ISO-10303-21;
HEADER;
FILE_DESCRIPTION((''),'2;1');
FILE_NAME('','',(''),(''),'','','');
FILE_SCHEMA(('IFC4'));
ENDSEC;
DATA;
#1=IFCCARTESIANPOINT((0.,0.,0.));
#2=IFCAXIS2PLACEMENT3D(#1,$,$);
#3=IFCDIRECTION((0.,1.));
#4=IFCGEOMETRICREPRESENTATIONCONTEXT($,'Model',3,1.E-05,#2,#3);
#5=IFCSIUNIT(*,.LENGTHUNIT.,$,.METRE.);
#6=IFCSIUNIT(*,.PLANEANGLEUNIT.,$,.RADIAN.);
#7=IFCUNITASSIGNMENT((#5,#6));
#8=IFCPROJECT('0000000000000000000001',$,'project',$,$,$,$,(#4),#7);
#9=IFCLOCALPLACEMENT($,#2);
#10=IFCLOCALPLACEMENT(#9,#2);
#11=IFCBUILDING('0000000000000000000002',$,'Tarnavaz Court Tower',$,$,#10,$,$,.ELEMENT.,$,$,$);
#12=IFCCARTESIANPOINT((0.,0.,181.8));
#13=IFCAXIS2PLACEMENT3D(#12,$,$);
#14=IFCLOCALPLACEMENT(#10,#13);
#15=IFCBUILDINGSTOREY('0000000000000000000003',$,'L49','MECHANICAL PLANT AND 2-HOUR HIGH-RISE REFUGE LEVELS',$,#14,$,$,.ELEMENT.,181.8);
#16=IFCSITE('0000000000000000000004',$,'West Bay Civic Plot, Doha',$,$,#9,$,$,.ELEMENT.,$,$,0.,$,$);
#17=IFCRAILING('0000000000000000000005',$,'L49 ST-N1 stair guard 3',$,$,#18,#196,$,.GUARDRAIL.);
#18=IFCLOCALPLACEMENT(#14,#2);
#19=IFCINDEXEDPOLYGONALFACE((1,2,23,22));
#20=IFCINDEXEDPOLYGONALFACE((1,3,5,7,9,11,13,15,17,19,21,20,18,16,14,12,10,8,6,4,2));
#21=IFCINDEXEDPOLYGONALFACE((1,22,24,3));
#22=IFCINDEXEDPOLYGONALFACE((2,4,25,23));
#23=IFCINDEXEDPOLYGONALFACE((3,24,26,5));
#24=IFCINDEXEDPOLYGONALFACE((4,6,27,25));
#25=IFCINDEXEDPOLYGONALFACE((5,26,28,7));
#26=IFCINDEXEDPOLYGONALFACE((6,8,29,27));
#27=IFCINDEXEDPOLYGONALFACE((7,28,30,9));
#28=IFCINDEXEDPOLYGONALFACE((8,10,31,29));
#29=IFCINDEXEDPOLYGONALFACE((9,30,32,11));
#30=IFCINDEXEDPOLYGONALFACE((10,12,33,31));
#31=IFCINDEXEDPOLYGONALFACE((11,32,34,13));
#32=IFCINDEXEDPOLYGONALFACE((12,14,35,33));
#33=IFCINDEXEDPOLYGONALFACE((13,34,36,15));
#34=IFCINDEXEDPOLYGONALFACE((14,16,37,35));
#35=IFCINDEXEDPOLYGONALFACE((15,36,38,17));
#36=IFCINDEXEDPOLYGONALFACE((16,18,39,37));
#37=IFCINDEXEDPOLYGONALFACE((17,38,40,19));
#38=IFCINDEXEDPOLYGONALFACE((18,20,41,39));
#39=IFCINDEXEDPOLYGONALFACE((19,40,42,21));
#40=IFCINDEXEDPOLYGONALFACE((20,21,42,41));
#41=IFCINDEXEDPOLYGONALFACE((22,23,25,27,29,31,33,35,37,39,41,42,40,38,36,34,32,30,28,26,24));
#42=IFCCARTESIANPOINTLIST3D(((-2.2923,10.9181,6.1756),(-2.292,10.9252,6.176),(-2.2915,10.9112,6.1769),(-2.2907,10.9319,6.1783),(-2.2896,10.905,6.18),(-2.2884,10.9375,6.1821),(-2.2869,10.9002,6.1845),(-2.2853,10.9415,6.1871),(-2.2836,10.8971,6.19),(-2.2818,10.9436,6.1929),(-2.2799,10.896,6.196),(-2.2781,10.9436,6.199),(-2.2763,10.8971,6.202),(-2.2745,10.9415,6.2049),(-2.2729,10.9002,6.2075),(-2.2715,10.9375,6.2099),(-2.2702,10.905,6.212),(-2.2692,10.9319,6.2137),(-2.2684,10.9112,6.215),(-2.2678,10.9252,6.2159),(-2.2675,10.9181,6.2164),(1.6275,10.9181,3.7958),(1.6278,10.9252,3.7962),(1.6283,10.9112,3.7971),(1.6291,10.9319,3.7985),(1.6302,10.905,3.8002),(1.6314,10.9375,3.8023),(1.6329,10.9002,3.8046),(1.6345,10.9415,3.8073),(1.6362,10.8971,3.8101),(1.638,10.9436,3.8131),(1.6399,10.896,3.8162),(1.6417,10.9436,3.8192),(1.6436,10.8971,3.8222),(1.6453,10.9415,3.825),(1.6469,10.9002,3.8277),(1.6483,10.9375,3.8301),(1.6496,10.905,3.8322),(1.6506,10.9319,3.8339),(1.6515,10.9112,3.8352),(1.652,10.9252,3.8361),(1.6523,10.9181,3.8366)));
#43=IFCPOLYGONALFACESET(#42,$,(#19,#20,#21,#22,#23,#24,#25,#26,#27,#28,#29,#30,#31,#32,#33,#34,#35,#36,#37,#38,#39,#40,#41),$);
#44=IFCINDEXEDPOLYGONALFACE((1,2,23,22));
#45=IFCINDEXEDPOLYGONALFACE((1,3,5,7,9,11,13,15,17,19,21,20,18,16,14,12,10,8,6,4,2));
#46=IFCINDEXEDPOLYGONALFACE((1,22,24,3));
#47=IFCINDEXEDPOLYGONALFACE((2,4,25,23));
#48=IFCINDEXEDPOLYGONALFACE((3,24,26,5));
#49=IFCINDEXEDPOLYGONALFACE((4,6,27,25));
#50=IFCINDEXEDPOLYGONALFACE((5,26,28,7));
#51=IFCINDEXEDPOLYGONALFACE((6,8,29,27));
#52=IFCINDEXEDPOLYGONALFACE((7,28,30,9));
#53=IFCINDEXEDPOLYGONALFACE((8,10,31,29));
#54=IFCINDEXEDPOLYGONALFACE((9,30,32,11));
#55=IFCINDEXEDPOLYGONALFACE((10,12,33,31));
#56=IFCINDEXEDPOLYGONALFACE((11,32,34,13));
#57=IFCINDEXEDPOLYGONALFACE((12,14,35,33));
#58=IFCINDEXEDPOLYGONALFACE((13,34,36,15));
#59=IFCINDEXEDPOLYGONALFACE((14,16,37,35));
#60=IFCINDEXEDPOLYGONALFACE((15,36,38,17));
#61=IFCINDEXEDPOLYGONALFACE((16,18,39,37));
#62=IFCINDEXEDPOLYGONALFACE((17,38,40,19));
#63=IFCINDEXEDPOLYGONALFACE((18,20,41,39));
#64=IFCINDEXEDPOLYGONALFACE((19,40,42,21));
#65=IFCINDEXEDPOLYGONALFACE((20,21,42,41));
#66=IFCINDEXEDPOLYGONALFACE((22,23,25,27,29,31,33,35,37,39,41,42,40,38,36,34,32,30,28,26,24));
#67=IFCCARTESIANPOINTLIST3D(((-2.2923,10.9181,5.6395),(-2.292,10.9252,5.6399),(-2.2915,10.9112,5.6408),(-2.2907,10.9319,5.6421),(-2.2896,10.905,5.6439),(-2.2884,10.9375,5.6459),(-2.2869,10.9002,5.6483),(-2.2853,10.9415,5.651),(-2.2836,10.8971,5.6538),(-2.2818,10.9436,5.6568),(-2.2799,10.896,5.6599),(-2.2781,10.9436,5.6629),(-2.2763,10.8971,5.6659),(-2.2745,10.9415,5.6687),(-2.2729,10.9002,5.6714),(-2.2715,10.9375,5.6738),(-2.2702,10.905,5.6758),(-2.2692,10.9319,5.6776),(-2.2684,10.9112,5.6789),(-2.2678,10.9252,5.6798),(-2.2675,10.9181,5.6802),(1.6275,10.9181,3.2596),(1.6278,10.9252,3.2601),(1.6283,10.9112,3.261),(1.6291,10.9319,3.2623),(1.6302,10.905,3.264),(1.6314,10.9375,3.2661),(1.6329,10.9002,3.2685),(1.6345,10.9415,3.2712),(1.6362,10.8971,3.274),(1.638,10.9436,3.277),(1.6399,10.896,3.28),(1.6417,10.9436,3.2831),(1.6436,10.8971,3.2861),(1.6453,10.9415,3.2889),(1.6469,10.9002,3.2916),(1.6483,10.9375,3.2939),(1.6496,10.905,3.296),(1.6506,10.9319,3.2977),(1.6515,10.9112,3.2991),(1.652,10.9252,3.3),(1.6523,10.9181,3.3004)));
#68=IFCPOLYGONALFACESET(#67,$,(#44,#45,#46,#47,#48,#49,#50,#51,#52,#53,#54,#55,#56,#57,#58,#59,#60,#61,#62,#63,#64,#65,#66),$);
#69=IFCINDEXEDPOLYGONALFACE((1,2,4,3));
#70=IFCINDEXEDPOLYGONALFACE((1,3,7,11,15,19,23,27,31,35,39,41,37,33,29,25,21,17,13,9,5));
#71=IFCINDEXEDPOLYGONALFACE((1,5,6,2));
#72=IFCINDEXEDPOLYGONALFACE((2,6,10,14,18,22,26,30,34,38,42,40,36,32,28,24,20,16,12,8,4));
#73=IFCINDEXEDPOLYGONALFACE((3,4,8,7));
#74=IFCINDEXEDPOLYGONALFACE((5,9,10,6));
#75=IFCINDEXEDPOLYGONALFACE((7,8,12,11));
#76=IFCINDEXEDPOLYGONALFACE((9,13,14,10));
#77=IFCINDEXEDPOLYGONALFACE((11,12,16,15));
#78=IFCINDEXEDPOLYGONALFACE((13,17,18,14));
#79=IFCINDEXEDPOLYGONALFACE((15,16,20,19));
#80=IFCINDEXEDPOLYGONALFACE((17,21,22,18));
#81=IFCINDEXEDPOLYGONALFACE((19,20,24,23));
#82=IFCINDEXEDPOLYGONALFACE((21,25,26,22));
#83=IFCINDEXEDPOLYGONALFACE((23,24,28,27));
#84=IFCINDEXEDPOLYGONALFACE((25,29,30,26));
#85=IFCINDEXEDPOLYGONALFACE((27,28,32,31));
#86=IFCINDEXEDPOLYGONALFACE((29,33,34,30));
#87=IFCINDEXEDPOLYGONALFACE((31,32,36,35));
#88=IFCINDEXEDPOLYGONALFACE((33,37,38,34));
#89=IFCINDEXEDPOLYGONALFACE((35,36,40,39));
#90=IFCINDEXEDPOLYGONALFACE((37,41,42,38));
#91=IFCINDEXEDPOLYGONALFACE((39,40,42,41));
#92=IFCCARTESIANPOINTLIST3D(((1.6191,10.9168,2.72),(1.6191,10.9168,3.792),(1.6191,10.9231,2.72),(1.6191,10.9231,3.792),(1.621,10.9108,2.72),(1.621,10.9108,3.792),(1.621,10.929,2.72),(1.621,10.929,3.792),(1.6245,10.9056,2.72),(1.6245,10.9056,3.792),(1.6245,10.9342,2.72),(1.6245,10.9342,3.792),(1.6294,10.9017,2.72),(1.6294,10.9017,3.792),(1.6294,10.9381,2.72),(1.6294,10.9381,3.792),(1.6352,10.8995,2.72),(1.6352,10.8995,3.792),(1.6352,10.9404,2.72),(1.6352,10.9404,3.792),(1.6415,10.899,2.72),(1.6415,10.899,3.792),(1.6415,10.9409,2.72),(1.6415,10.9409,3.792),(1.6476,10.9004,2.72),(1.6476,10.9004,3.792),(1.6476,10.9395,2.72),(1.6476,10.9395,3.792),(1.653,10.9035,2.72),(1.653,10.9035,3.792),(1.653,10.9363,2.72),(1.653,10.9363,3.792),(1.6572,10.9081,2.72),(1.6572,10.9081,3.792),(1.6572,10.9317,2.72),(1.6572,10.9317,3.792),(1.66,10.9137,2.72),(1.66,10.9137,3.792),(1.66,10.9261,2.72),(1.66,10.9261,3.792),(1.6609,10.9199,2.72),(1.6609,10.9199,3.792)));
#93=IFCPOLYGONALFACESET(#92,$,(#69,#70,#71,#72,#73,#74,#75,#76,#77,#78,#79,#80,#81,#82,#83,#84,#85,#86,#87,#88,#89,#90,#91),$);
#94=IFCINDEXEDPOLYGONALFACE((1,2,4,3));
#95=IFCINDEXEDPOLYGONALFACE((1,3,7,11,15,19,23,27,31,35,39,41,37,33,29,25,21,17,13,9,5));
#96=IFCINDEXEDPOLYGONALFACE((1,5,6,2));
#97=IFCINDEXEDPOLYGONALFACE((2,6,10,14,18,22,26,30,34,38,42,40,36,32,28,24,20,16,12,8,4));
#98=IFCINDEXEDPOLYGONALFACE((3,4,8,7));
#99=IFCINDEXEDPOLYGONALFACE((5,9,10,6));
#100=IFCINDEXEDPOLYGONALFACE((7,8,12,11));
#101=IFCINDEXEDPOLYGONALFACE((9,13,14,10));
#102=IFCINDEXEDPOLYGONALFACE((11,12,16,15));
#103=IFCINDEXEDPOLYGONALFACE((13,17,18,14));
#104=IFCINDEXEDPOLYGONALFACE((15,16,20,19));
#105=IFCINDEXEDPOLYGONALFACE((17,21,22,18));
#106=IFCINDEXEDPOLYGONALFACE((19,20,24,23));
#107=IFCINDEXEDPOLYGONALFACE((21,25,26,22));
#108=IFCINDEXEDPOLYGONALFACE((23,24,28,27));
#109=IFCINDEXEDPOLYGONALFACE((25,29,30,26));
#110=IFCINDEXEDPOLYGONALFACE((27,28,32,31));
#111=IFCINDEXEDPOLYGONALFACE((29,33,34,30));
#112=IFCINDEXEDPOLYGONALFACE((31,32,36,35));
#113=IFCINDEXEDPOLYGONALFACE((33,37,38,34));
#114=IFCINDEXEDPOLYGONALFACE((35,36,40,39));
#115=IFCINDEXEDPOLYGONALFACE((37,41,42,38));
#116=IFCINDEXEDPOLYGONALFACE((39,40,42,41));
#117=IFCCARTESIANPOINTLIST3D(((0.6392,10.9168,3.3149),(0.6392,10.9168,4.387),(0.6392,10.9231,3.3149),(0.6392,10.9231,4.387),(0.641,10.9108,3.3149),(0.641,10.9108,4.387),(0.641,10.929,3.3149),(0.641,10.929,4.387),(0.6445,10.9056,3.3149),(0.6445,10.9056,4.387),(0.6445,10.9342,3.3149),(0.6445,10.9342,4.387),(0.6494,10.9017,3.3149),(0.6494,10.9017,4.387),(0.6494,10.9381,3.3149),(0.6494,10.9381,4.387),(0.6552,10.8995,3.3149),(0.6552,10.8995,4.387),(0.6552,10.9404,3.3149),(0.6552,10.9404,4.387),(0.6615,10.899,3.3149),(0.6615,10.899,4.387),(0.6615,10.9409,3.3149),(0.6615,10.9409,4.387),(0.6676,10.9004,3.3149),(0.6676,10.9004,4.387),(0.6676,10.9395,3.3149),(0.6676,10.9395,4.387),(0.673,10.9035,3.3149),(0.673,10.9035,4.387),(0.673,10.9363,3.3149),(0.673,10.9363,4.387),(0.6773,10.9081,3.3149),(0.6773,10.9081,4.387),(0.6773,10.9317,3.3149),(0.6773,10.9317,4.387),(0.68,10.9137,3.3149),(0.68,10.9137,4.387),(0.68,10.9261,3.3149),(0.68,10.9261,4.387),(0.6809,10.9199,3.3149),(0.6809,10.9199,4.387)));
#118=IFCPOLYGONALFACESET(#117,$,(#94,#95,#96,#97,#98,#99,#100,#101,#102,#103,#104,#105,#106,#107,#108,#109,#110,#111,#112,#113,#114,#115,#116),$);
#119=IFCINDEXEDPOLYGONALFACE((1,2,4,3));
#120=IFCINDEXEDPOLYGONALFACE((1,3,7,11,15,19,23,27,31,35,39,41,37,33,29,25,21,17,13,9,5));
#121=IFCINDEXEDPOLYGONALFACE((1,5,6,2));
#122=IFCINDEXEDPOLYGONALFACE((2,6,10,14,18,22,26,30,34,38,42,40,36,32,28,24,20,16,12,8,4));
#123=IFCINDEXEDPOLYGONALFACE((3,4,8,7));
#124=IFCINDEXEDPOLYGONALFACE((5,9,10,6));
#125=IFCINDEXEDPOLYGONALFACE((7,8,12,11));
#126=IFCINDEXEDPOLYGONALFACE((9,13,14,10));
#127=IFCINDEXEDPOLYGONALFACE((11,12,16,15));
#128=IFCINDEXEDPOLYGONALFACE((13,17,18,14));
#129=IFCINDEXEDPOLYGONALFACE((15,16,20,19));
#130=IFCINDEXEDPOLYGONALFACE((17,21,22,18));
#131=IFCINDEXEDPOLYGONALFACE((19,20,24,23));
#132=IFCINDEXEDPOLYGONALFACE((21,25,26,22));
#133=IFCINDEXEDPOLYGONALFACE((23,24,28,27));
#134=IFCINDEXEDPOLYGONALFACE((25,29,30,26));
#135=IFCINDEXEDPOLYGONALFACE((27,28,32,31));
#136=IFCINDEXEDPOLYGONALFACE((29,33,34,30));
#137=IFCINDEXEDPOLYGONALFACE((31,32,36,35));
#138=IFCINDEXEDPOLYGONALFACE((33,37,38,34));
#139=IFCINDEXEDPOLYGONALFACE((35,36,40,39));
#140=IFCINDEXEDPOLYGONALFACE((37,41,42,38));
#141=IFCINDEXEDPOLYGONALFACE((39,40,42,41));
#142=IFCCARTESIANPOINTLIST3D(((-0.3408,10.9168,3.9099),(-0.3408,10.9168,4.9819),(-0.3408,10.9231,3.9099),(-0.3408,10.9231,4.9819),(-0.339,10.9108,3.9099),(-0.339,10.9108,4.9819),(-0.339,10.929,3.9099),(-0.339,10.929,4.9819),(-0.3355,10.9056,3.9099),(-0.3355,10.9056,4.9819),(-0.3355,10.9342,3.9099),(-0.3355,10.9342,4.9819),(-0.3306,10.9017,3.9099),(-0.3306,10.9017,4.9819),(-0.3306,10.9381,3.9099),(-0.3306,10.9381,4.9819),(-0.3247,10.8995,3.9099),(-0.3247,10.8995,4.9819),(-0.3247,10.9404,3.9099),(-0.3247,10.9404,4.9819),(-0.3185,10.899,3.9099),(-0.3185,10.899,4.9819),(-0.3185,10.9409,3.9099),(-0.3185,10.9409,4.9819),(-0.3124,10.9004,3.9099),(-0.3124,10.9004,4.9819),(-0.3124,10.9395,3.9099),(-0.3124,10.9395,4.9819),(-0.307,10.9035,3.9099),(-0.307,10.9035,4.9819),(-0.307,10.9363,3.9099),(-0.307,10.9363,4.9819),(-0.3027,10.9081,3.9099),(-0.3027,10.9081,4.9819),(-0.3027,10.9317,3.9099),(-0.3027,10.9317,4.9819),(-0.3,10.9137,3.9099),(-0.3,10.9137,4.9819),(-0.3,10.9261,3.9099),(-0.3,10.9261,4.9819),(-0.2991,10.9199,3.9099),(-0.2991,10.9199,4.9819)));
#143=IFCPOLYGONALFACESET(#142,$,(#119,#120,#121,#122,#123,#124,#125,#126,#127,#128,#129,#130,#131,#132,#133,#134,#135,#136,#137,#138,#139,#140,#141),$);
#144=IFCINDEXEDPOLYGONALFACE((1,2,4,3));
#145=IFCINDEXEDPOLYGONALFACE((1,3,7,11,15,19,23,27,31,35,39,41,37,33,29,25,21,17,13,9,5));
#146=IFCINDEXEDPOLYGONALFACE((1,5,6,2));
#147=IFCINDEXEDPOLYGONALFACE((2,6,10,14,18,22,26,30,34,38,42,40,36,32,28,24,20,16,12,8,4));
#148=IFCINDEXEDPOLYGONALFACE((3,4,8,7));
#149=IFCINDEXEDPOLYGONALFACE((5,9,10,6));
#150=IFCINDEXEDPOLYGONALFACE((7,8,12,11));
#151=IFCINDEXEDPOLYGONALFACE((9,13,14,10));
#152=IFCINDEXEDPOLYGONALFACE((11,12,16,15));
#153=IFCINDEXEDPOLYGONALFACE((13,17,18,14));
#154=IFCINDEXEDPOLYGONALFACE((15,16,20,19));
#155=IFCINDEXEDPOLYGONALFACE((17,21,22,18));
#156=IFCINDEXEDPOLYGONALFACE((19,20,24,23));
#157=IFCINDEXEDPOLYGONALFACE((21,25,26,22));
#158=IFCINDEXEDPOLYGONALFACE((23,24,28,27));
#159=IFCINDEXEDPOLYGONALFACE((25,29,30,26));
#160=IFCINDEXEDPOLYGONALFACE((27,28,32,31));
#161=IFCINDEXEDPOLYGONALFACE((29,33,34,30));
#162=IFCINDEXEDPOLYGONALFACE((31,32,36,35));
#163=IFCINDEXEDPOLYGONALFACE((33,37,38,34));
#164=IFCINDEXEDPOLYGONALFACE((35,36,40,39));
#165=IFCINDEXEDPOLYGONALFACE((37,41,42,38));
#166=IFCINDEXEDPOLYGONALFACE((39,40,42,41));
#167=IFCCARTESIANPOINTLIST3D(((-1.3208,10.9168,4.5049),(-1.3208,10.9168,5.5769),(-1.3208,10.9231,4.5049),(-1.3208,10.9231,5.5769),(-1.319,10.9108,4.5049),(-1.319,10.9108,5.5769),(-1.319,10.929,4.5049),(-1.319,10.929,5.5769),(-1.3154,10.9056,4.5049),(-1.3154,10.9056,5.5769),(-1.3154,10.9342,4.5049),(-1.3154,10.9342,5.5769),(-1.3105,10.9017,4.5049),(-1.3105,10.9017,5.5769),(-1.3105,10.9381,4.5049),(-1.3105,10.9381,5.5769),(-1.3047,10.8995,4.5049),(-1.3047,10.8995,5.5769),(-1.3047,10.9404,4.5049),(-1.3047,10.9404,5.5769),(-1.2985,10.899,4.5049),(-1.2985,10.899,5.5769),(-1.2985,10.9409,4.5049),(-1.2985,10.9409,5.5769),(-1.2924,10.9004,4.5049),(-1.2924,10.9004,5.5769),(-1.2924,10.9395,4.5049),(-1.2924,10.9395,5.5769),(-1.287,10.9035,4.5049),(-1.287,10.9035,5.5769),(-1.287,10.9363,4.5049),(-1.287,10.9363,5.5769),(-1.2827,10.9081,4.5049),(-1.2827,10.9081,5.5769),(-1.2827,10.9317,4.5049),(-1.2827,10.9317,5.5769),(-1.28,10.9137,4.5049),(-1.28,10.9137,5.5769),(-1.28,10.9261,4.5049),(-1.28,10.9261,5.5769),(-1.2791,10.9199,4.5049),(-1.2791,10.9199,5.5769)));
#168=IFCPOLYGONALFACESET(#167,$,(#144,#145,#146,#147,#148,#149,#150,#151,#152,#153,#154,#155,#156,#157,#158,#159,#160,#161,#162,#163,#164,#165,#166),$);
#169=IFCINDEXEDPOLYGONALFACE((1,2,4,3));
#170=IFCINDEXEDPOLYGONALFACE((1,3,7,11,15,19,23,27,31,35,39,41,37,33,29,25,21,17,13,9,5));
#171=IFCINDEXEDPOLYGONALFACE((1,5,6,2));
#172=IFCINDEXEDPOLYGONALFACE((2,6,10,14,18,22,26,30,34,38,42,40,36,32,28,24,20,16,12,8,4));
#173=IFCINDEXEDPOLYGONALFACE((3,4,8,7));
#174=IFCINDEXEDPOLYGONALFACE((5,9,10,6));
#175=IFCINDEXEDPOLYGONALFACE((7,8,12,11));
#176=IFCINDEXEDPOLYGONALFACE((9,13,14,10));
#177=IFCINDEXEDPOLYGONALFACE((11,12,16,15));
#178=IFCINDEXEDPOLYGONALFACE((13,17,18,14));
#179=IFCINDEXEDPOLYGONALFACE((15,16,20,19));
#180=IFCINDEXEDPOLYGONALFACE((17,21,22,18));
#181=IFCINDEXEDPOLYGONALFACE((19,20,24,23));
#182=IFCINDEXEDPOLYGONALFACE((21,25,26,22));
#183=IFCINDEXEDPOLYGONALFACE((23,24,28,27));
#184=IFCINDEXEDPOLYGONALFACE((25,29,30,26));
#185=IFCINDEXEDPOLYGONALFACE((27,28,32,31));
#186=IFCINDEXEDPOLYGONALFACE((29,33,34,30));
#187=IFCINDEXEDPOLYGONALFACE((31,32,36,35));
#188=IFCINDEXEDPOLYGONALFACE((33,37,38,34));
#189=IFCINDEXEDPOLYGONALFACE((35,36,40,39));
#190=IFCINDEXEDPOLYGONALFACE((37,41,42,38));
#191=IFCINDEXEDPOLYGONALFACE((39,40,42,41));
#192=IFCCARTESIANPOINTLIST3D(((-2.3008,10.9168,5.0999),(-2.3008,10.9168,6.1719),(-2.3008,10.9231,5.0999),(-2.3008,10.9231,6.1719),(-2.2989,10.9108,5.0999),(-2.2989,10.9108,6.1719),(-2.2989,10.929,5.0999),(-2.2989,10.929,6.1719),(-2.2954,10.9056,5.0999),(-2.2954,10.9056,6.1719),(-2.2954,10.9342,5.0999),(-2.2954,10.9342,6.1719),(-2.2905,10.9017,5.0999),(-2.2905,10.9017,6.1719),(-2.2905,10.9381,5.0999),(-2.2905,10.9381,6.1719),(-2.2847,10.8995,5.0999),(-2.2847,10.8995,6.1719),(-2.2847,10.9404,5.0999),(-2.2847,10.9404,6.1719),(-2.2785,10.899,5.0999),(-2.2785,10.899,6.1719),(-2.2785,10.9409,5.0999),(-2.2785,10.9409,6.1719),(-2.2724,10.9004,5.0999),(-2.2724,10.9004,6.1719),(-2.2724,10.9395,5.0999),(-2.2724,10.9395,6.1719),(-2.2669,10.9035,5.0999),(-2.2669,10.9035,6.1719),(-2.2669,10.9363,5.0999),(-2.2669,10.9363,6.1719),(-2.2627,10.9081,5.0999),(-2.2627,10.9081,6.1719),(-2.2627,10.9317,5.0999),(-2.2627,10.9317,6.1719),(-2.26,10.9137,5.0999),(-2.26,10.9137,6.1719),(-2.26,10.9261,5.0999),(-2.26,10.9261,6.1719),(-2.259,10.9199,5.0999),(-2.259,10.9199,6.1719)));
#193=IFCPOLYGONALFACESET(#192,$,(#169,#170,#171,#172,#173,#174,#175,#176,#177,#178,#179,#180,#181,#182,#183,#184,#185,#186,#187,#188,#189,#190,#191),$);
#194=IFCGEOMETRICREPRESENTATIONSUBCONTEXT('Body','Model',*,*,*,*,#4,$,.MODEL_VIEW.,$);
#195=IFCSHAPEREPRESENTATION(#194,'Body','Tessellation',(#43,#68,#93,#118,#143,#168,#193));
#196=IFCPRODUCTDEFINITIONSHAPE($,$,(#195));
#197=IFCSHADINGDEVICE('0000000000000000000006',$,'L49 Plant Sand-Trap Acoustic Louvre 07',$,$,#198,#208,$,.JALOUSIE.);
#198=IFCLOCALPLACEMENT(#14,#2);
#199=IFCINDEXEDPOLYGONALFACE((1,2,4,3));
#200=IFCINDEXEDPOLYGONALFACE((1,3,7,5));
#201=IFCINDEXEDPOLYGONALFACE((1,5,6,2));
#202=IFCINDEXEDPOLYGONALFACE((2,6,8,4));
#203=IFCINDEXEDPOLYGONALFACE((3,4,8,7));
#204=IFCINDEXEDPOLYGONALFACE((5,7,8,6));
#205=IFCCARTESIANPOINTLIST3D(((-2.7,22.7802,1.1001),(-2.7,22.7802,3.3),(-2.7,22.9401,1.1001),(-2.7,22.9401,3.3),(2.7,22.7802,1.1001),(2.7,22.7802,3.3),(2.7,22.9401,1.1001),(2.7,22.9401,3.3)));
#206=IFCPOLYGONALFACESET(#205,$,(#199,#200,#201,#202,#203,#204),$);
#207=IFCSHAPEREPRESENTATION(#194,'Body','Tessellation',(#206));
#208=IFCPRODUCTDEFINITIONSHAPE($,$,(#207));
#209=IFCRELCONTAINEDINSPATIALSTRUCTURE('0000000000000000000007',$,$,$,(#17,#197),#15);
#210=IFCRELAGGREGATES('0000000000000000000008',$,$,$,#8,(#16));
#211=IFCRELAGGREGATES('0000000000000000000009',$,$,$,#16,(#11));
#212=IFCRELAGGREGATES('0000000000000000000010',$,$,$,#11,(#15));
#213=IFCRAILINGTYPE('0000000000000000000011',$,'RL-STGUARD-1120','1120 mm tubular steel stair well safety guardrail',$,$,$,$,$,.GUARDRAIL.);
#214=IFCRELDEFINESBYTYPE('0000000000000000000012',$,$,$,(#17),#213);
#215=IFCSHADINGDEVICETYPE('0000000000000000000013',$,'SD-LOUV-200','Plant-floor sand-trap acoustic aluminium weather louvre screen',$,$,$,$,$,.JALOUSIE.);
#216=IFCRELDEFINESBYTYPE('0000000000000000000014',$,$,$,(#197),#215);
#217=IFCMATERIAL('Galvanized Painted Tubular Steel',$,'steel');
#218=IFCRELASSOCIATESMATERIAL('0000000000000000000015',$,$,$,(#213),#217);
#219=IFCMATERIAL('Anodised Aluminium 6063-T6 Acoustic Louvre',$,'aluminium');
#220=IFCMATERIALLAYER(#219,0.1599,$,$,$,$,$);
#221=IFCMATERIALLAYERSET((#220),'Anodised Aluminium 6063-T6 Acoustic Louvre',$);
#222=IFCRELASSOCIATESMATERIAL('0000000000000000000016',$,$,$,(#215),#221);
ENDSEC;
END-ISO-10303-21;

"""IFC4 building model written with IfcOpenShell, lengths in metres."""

from ifc_helpers import new_model, si_unit, direction, frame, origin, origin_2d, place, context, subcontext, project, spatial, rectangle, circle, extrude, material, layer, layer_set, type_object, element, save


model = new_model("IFC4")

# Units and contexts
model_context = context("Model", 3, precision=1e-05, world=origin(), true_north=direction((0.0, 1.0)))
body_context = subcontext(model_context, "Body", "Model", "MODEL_VIEW")
ifc_project = project(units=[si_unit("LENGTHUNIT", "METRE"), si_unit("PLANEANGLEUNIT", "RADIAN")], contexts=[model_context])

# Site, building, storey
site_placement = place(None, origin())
site = spatial("IfcSite", under=ifc_project, at=site_placement, Name="West Bay Civic Plot, Doha", CompositionType="ELEMENT", RefElevation=0.0)
building_placement = place(site_placement, origin())
building = spatial("IfcBuilding", under=site, at=building_placement, Name="Tarnavaz Court Tower", CompositionType="ELEMENT")
storey_placement = place(building_placement, frame((0.0, 0.0, 181.8)))
storey = spatial("IfcBuildingStorey", under=building, at=storey_placement, Name="L49", Description="MECHANICAL PLANT AND 2-HOUR HIGH-RISE REFUGE LEVELS", CompositionType="ELEMENT", Elevation=181.8)

# Railing
ifc_material_1 = material(Name="Galvanized Painted Tubular Steel", Category="steel")
railing_type_1 = type_object("IfcRailingType", Name="RL-STGUARD-1120", Description="1120 mm tubular steel stair well safety guardrail", PredefinedType="GUARDRAIL", material=ifc_material_1)
railing_1_placement = place(storey_placement, frame((1.6399, 10.9199, 2.72)))
element("IfcRailing", 1, at=railing_1_placement, inside=storey, type_object=railing_type_1, Name="L49 ST-N1 stair guard 3", PredefinedType="GUARDRAIL", context=body_context, shape_type="SweptSolid", body=[
    extrude(circle(Radius=0.0239, at=origin_2d()), frame((0.0, 0.0, 1.0962), z_axis=(-0.854794, 0.0, 0.518967), x_axis=(0.0, -1.0, 0.0)), (0.0, 0.0, 1.0), 4.5857),
    extrude(circle(Radius=0.0239, at=origin_2d()), frame((0.0, 0.0, 0.5601), z_axis=(-0.854794, 0.0, 0.518967), x_axis=(0.0, -1.0, 0.0)), (0.0, 0.0, 1.0), 4.5857),
    extrude(circle(Radius=0.021, at=origin_2d()), origin(), (0.0, 0.0, 1.0), 1.072),
    extrude(circle(Radius=0.021, at=origin_2d()), frame((-0.98, 0.0, 0.595)), (0.0, 0.0, 1.0), 1.072),
    extrude(circle(Radius=0.021, at=origin_2d()), frame((-1.96, 0.0, 1.1899)), (0.0, 0.0, 1.0), 1.072),
    extrude(circle(Radius=0.021, at=origin_2d()), frame((-2.9399, 0.0, 1.7849)), (0.0, 0.0, 1.0), 1.072),
    extrude(circle(Radius=0.021, at=origin_2d()), frame((-3.9199, 0.0, 2.3799)), (0.0, 0.0, 1.0), 1.072),
])

# Shading device
ifc_material_2 = material(Name="Anodised Aluminium 6063-T6 Acoustic Louvre", Category="aluminium")
ifc_layer_1 = layer(ifc_material_2, 0.1599)
ifc_layer_set_1 = layer_set([ifc_layer_1], Name="Anodised Aluminium 6063-T6 Acoustic Louvre")
shading_device_type = type_object("IfcShadingDeviceType", Name="SD-LOUV-200", Description="Plant-floor sand-trap acoustic aluminium weather louvre screen", PredefinedType="JALOUSIE", material=ifc_layer_set_1)
shading_device_placement = place(storey_placement, frame((0.0, 22.8601, 1.1001), z_axis=(0.0, 0.0, 1.0), x_axis=(1.0, 0.0, 0.0)))
element("IfcShadingDevice", 2, at=shading_device_placement, inside=storey, type_object=shading_device_type, Name="L49 Plant Sand-Trap Acoustic Louvre 07", PredefinedType="JALOUSIE", context=body_context, shape_type="SweptSolid", body=[
    extrude(rectangle(XDim=5.3999, YDim=0.1599, at=origin_2d()), origin(), (0.0, 0.0, 1.0), 2.2),
])

save(model, "model.ifc")
